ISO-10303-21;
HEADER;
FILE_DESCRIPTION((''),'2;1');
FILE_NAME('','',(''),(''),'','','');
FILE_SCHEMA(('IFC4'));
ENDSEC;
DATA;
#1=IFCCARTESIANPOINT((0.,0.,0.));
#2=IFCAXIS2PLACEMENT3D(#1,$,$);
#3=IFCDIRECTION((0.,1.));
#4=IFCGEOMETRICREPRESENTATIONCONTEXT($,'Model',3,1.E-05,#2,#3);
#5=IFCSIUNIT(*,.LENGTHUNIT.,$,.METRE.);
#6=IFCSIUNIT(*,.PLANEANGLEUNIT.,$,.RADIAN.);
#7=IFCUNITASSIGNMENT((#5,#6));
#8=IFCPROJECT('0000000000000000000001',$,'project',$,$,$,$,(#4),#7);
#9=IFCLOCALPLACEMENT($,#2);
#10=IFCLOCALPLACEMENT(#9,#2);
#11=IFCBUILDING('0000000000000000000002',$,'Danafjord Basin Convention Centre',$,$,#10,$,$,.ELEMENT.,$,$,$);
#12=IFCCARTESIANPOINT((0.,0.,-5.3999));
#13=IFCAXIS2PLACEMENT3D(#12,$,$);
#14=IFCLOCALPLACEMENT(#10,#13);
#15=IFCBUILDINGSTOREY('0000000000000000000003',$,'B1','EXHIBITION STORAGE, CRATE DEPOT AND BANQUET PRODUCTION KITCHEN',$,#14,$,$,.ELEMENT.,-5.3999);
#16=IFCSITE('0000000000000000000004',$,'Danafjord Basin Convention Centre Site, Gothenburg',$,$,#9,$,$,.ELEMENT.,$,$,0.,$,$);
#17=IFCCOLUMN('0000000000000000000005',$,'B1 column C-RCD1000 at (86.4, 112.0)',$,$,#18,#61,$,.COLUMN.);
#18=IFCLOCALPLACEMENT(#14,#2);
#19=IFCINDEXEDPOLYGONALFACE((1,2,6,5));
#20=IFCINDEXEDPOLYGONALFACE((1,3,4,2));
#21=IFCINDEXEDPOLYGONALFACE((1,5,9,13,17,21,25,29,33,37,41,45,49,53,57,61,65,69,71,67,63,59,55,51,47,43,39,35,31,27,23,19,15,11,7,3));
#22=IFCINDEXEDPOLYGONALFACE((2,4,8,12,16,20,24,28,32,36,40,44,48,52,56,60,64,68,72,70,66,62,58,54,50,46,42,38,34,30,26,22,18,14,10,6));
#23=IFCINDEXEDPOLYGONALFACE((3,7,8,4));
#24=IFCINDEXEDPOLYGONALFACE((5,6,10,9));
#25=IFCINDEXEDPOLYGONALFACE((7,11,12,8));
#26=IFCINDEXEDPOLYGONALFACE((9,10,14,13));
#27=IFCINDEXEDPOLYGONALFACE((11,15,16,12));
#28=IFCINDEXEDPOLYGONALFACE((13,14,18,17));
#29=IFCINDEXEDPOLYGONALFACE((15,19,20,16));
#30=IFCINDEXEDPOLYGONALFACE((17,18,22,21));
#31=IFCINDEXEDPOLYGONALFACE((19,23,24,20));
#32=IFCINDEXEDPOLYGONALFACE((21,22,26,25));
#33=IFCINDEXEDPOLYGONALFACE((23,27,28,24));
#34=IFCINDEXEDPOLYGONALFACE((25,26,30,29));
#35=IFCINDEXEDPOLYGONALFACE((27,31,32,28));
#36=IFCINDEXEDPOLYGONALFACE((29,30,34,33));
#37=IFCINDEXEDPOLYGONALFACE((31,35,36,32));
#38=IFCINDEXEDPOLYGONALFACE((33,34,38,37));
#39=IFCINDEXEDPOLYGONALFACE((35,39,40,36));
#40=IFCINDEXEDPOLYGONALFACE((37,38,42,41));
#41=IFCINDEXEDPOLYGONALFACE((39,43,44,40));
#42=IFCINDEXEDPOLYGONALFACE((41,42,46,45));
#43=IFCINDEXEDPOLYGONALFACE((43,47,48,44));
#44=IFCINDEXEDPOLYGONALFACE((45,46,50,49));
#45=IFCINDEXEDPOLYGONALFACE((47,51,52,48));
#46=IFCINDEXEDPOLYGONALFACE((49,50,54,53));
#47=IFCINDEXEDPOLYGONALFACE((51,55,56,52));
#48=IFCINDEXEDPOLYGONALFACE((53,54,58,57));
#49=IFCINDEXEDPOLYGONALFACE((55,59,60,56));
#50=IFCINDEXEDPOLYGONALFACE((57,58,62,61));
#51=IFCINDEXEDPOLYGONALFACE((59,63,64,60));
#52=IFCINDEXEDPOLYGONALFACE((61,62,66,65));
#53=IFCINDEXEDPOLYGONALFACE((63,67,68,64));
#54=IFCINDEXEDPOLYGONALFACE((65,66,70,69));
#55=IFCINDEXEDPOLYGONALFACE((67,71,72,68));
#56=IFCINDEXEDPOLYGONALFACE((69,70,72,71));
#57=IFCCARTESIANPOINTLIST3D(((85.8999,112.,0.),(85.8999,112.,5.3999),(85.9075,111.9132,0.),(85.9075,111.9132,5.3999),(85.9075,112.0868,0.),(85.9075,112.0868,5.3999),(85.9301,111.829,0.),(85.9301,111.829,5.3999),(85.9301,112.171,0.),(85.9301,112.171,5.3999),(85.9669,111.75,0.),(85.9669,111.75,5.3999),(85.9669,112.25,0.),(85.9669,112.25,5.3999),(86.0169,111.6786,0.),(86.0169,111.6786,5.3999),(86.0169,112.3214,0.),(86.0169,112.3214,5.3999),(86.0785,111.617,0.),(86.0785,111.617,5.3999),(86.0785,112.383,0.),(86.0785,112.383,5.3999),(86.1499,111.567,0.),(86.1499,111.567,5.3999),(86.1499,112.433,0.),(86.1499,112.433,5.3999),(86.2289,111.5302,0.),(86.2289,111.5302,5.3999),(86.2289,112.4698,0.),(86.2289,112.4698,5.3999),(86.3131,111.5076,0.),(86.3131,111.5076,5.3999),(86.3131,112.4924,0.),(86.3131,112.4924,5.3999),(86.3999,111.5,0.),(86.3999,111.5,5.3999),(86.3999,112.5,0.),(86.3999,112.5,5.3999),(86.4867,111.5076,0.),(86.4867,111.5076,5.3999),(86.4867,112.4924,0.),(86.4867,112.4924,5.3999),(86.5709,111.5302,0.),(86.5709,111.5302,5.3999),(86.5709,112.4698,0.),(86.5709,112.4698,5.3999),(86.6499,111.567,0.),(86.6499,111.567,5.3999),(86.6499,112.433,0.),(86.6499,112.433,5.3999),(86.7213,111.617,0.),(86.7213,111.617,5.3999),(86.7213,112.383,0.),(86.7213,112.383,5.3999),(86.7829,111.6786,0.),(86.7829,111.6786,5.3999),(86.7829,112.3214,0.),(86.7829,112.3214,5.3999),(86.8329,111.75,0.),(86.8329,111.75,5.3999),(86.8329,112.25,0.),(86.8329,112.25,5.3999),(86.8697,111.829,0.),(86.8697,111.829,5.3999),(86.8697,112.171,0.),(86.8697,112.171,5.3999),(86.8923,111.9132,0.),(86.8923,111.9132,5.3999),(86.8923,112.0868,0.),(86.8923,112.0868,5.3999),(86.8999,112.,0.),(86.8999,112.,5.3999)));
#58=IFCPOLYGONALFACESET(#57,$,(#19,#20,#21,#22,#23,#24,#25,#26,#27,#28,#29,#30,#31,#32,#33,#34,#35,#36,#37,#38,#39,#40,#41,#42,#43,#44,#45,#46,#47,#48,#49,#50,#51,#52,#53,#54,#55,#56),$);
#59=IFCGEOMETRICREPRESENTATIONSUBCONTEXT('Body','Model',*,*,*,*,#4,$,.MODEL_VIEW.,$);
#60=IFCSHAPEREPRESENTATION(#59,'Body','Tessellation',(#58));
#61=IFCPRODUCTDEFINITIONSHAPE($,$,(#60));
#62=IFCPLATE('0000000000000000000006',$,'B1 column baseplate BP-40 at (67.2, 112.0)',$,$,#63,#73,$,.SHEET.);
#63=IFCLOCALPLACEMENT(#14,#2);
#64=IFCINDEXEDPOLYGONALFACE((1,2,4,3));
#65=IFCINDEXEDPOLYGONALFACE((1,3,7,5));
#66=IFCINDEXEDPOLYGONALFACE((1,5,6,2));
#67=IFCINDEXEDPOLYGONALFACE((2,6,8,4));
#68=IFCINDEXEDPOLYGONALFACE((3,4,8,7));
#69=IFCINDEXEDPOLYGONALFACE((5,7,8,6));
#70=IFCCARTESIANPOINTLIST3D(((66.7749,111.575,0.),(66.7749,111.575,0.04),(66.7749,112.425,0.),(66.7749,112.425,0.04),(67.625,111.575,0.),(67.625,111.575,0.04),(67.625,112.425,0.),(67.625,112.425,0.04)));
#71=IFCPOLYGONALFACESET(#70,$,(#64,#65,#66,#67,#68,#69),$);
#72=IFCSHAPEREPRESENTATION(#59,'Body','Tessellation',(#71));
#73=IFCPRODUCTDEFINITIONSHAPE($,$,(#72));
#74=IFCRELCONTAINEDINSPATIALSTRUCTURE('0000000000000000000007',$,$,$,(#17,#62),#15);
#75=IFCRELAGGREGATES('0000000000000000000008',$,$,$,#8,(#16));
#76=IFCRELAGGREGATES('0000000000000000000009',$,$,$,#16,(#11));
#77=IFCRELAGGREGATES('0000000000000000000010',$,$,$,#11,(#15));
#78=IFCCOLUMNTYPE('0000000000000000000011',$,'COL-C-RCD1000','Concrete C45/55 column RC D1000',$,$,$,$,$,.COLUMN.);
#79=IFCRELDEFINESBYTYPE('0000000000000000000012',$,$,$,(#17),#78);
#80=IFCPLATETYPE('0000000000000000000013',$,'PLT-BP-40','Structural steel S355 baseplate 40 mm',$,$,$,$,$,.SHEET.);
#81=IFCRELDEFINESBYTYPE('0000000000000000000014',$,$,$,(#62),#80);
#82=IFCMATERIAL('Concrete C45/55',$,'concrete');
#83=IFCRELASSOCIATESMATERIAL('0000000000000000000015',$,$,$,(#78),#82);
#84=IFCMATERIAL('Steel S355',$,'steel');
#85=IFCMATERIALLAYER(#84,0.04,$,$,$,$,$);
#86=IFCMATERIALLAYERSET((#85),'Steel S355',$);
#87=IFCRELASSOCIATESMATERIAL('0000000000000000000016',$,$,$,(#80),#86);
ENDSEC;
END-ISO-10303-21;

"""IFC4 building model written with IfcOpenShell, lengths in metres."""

from ifc_helpers import new_model, si_unit, direction, frame, origin, origin_2d, place, context, subcontext, project, spatial, rectangle, circle, extrude, material, layer, layer_set, material_profile, profile_set, type_object, element, save


model = new_model("IFC4")

# Units and contexts
model_context = context("Model", 3, precision=1e-05, world=origin(), true_north=direction((0.0, 1.0)))
body_context = subcontext(model_context, "Body", "Model", "MODEL_VIEW")
ifc_project = project(units=[si_unit("LENGTHUNIT", "METRE"), si_unit("PLANEANGLEUNIT", "RADIAN")], contexts=[model_context])

# Site, building, storey
site_placement = place(None, origin())
site = spatial("IfcSite", under=ifc_project, at=site_placement, Name="Danafjord Basin Convention Centre Site, Gothenburg", CompositionType="ELEMENT", RefElevation=0.0)
building_placement = place(site_placement, origin())
building = spatial("IfcBuilding", under=site, at=building_placement, Name="Danafjord Basin Convention Centre", CompositionType="ELEMENT")
storey_placement = place(building_placement, frame((0.0, 0.0, -5.3999)))
storey = spatial("IfcBuildingStorey", under=building, at=storey_placement, Name="B1", Description="EXHIBITION STORAGE, CRATE DEPOT AND BANQUET PRODUCTION KITCHEN", CompositionType="ELEMENT", Elevation=-5.3999)

# Column
ifc_material_1 = material(Name="Concrete C45/55", Category="concrete")
ifc_material_profile_1 = material_profile(ifc_material_1, circle(Radius=0.5, at=origin_2d()), Name="RC D1000")
ifc_profile_set_1 = profile_set([ifc_material_profile_1], Name="Concrete C45/55")
column_type_1 = type_object("IfcColumnType", Name="COL-C-RCD1000", Description="Concrete C45/55 column RC D1000", PredefinedType="COLUMN", material=ifc_profile_set_1)
column_1_placement = place(storey_placement, frame((86.3999, 112.0, 0.0), z_axis=(0.0, 0.0, 1.0), x_axis=(1.0, 0.0, 0.0)))
element("IfcColumn", 1, at=column_1_placement, inside=storey, type_object=column_type_1, Name="B1 column C-RCD1000 at (86.4, 112.0)", PredefinedType="COLUMN", context=body_context, shape_type="SweptSolid", body=[
    extrude(circle(Radius=0.5, at=origin_2d()), origin(), (0.0, 0.0, 1.0), 5.3999),
])

# Plate
ifc_material_2 = material(Name="Steel S355", Category="steel")
ifc_layer = layer(ifc_material_2, 0.04)
ifc_layer_set = layer_set([ifc_layer], Name="Steel S355")
plate_type = type_object("IfcPlateType", Name="PLT-BP-40", Description="Structural steel S355 baseplate 40 mm", PredefinedType="SHEET", material=ifc_layer_set)
plate_placement = place(storey_placement, frame((67.2, 112.0, 0.0), z_axis=(0.0, 0.0, 1.0), x_axis=(1.0, 0.0, 0.0)))
element("IfcPlate", 2, at=plate_placement, inside=storey, type_object=plate_type, Name="B1 column baseplate BP-40 at (67.2, 112.0)", PredefinedType="SHEET", context=body_context, shape_type="SweptSolid", body=[
    extrude(rectangle(XDim=0.8501, YDim=0.8501, at=origin_2d()), origin(), (0.0, 0.0, 1.0), 0.04),
])

save(model, "model.ifc")
